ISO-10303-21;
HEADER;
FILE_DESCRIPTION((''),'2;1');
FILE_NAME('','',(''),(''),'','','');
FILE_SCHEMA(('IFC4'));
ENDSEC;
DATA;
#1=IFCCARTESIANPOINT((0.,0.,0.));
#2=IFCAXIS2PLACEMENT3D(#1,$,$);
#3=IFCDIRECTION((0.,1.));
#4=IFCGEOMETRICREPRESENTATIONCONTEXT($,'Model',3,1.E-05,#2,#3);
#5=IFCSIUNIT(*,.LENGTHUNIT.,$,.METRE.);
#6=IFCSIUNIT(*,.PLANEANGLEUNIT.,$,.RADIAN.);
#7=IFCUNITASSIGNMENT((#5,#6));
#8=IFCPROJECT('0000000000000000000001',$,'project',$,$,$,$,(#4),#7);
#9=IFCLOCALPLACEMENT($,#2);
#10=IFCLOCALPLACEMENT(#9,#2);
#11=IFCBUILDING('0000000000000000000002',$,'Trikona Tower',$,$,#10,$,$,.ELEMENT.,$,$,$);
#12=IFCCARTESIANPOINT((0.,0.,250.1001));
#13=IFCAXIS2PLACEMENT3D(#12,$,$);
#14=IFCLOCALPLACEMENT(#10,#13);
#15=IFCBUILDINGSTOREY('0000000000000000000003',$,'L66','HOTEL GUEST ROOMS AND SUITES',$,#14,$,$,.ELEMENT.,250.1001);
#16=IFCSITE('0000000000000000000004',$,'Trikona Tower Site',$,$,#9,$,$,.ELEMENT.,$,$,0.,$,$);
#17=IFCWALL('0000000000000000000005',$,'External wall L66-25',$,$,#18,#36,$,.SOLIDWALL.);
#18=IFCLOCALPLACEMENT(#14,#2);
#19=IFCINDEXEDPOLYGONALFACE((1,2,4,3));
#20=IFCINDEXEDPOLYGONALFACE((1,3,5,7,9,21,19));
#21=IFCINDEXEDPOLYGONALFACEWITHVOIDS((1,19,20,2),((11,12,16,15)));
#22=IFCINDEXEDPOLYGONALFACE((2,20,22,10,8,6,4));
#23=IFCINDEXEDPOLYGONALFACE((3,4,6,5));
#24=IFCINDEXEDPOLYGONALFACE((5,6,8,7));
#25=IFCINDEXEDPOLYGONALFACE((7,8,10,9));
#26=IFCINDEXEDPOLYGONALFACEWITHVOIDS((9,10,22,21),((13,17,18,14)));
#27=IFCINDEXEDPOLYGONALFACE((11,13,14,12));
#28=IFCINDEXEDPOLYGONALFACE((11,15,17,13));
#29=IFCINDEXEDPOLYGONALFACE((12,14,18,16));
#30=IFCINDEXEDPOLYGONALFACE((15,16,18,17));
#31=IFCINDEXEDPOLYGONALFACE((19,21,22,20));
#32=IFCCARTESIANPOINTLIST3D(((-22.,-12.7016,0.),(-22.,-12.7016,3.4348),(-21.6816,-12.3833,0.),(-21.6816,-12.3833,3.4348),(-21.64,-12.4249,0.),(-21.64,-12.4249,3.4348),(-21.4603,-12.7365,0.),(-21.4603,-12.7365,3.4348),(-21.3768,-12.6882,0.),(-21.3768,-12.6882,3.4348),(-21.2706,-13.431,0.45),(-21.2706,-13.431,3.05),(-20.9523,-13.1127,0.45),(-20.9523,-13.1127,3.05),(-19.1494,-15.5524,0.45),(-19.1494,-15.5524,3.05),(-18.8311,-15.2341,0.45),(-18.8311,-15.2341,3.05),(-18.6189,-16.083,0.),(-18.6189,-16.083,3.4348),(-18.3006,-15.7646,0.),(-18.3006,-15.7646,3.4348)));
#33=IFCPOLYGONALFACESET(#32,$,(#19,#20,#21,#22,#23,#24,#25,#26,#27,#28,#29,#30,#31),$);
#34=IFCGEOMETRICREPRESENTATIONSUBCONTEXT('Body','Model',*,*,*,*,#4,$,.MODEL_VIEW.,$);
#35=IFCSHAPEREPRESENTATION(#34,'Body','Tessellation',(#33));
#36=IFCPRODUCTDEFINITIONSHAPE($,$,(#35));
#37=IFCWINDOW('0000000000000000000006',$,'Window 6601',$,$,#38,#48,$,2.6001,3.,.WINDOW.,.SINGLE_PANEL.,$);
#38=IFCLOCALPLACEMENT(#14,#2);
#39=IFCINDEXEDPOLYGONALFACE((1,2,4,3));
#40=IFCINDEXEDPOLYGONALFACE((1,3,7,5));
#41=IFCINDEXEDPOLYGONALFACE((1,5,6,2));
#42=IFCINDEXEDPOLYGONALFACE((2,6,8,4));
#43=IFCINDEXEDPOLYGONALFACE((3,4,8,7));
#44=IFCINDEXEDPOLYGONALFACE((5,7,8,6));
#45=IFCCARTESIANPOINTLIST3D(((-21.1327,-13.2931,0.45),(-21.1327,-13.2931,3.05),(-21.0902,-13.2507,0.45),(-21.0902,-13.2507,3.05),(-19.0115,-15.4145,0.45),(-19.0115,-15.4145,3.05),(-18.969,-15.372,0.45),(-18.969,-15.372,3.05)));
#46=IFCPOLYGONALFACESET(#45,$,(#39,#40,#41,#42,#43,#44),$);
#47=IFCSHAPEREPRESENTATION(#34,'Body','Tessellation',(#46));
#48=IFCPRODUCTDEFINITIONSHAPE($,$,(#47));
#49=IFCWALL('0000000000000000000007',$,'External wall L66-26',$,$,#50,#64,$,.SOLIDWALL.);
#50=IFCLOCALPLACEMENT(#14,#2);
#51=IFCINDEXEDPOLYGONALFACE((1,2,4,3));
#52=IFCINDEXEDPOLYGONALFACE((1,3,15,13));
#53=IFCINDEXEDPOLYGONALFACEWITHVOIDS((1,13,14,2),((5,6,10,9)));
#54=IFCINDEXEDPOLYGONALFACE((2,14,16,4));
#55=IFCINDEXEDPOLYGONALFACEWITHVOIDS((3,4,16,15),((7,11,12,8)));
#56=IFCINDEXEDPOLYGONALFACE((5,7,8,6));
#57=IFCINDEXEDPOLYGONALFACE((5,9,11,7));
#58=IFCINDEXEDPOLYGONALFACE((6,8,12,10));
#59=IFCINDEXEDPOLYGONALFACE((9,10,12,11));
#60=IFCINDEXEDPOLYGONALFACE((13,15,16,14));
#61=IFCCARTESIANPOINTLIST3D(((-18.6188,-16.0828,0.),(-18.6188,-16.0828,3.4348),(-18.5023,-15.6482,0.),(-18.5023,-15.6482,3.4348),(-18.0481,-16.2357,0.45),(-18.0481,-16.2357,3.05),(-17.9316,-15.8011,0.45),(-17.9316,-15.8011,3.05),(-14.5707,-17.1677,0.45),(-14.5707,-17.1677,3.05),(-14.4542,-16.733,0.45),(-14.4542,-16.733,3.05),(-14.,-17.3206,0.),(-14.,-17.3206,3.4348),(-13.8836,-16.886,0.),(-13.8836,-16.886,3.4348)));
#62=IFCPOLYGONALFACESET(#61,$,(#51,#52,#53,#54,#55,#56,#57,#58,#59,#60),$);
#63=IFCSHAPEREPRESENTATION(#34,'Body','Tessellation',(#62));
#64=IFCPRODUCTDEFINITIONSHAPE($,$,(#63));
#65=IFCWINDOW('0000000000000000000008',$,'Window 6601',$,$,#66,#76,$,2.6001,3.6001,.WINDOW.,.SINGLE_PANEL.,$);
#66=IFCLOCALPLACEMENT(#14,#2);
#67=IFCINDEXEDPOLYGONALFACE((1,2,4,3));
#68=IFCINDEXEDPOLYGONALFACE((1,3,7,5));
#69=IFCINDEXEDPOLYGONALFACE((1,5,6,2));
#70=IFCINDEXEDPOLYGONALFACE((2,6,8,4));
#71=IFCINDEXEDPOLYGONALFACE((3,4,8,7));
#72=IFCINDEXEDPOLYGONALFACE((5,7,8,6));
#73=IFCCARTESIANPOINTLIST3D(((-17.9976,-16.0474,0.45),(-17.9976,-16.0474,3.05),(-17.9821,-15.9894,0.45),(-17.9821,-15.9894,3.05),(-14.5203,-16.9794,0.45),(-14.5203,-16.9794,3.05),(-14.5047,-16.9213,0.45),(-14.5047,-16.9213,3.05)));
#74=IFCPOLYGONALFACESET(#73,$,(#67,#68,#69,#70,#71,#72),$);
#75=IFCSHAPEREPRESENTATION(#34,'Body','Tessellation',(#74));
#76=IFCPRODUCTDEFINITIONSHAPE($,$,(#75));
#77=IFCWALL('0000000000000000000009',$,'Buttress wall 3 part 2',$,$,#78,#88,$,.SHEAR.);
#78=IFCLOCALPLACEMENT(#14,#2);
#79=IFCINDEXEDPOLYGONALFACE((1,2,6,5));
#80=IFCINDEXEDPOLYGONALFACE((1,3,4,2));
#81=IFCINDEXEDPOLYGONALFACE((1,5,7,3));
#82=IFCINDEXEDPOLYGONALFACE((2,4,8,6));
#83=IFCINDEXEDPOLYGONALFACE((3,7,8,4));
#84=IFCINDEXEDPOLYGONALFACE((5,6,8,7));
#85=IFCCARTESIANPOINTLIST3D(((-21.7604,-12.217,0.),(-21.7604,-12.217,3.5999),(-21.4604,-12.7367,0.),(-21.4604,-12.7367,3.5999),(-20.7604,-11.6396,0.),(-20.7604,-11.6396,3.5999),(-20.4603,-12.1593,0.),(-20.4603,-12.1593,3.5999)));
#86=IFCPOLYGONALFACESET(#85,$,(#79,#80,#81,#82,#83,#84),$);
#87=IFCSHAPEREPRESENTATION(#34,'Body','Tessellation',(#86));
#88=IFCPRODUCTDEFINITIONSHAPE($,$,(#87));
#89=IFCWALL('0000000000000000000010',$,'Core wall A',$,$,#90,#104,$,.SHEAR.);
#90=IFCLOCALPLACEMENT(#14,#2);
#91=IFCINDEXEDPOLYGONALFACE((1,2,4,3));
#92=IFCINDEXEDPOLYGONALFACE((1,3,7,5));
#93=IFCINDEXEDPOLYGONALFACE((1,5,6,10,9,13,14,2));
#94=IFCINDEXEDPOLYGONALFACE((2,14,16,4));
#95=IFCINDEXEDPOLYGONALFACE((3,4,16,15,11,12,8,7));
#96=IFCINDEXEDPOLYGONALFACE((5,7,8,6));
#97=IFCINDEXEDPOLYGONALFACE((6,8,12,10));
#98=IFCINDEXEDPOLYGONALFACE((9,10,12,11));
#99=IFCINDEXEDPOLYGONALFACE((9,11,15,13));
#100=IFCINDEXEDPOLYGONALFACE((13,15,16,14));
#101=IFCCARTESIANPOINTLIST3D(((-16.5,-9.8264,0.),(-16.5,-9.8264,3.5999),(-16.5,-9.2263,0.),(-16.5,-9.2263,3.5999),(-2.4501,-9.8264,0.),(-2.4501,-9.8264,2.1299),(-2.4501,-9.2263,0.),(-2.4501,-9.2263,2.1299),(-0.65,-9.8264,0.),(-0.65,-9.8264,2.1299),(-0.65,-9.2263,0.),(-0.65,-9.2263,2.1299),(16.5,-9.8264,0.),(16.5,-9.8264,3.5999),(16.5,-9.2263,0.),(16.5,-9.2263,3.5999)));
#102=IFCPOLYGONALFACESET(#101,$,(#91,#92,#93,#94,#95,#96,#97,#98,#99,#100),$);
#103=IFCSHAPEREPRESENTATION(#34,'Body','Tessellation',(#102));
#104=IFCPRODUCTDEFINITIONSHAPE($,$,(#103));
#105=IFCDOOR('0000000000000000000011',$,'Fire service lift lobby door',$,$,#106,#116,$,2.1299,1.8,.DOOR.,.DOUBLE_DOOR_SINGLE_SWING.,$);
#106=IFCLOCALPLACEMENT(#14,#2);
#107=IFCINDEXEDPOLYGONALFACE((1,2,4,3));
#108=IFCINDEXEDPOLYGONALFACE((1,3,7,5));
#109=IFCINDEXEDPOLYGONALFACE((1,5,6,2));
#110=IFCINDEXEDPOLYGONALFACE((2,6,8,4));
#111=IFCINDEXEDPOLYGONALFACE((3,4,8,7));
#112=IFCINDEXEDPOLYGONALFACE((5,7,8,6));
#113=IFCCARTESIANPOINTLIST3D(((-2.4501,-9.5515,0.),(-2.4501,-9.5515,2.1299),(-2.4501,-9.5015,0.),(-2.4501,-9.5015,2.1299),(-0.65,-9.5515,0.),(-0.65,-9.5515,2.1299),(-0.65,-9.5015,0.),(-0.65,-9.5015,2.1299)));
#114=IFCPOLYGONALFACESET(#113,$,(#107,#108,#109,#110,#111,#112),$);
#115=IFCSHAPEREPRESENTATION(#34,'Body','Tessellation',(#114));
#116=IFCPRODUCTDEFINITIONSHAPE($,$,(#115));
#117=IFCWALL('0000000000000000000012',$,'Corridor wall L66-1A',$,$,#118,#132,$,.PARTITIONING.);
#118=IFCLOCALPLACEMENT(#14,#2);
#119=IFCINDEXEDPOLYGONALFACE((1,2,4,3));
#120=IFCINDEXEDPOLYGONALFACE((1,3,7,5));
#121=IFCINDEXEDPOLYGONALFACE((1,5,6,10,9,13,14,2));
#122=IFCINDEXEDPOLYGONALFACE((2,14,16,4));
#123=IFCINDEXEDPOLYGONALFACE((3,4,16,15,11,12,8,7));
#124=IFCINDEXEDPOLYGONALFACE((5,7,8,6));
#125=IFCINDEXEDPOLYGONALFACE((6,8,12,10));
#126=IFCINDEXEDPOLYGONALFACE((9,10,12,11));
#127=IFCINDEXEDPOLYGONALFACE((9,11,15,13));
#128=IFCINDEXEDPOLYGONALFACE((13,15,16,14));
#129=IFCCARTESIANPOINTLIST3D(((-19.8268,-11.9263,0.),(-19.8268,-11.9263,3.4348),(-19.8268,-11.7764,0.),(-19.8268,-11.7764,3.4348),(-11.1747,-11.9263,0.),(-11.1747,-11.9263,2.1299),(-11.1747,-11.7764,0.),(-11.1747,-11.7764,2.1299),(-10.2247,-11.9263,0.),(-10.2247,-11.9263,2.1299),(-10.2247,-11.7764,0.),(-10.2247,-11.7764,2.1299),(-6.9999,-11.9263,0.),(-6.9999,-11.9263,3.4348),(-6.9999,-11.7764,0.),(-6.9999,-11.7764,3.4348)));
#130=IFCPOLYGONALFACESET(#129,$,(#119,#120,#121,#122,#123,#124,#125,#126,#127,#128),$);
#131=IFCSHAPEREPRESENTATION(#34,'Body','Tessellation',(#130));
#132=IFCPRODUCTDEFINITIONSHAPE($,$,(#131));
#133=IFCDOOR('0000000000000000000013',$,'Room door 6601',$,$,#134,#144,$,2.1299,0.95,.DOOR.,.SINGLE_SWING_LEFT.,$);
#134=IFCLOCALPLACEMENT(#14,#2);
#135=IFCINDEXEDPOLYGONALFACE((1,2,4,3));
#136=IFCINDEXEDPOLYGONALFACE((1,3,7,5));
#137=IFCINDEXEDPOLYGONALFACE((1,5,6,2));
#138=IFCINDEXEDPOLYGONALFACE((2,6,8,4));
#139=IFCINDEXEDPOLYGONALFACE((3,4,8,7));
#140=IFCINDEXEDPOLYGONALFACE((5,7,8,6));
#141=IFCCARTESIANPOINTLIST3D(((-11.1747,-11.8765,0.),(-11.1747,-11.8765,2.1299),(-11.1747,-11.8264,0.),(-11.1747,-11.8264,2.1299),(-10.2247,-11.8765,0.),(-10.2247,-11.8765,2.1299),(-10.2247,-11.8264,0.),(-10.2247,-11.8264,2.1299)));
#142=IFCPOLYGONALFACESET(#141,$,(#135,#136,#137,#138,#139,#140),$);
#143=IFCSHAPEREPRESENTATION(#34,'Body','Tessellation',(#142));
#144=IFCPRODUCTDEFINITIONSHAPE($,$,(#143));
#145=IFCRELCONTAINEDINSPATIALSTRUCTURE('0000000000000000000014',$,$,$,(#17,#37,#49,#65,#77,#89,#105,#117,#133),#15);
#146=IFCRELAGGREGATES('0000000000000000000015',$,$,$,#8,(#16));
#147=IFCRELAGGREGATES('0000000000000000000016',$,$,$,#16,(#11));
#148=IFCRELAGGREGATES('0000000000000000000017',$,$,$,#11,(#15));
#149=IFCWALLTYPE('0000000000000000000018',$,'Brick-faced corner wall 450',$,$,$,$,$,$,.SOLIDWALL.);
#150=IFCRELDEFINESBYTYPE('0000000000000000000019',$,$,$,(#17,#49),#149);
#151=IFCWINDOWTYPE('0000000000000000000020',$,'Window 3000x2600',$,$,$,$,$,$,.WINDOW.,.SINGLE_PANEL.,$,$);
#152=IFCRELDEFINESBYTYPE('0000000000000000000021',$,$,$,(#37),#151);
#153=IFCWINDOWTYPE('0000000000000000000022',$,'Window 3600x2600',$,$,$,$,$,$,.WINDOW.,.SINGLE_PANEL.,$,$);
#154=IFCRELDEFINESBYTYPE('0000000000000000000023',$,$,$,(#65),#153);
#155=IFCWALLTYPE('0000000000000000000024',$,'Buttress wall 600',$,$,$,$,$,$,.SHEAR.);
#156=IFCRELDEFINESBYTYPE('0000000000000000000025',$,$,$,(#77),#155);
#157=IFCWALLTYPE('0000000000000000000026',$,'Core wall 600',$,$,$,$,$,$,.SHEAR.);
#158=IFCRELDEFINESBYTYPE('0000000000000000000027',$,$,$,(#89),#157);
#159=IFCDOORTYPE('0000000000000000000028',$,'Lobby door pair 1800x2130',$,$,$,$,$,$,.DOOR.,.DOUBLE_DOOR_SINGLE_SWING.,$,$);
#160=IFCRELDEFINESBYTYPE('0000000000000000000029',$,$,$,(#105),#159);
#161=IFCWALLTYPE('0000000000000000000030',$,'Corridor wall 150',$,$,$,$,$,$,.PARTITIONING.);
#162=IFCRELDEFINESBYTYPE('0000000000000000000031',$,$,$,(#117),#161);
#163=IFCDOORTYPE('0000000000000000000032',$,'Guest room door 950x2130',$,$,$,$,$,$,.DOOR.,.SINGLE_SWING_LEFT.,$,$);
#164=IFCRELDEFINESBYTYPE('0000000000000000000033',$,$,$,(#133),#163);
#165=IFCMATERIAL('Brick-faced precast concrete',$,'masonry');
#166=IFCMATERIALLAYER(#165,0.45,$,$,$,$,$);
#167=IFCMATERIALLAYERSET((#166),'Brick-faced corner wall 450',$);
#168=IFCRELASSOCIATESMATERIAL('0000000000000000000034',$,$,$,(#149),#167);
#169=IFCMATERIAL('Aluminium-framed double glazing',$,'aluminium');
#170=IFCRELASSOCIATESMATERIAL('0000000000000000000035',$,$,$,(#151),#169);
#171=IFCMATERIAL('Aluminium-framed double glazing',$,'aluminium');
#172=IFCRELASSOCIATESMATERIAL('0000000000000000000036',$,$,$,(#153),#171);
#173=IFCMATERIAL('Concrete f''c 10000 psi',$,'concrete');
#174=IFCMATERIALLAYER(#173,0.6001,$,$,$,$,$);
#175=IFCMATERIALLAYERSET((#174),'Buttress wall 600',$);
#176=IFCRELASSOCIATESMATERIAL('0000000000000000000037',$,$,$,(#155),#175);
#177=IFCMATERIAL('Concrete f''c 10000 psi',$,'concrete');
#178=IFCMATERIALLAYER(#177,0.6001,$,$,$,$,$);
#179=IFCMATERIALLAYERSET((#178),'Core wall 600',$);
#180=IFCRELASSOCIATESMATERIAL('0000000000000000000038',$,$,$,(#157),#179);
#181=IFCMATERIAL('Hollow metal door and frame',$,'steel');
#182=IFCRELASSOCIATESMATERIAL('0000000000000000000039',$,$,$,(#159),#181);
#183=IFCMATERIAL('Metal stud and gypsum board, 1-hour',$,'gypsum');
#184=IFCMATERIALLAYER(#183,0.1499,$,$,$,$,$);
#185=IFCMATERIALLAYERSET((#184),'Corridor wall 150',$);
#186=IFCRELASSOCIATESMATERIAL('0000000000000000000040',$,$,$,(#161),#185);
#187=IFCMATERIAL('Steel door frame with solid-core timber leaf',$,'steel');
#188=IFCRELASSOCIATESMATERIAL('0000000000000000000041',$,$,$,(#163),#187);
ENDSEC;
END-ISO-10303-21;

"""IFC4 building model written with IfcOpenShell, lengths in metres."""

from ifc_helpers import new_model, si_unit, direction, frame, frame_2d, origin, place, context, subcontext, project, spatial, polyline, rectangle, outline, extrude, material, layer, layer_set, type_object, element, fill, save


model = new_model("IFC4")

# Units and contexts
model_context = context("Model", 3, precision=1e-05, world=origin(), true_north=direction((0.0, 1.0)))
body_context = subcontext(model_context, "Body", "Model", "MODEL_VIEW")
ifc_project = project(units=[si_unit("LENGTHUNIT", "METRE"), si_unit("PLANEANGLEUNIT", "RADIAN")], contexts=[model_context])

# Site, building, storey
site_placement = place(None, origin())
site = spatial("IfcSite", under=ifc_project, at=site_placement, Name="Trikona Tower Site", CompositionType="ELEMENT", RefElevation=0.0)
building_placement = place(site_placement, origin())
building = spatial("IfcBuilding", under=site, at=building_placement, Name="Trikona Tower", CompositionType="ELEMENT")
storey_placement = place(building_placement, frame((0.0, 0.0, 250.1001)))
storey = spatial("IfcBuildingStorey", under=building, at=storey_placement, Name="L66", Description="HOTEL GUEST ROOMS AND SUITES", CompositionType="ELEMENT", Elevation=250.1001)

# Walls, openings, windows
ifc_material_1 = material(Name="Brick-faced precast concrete", Category="masonry")
ifc_layer_1 = layer(ifc_material_1, 0.45)
ifc_layer_set_1 = layer_set([ifc_layer_1], Name="Brick-faced corner wall 450")
wall_type_1 = type_object("IfcWallType", Name="Brick-faced corner wall 450", PredefinedType="SOLIDWALL", material=ifc_layer_set_1)
wall_1_placement = place(storey_placement, frame((-21.8408, -12.5425, 0.0), z_axis=(0.0, 0.0, 1.0), x_axis=(0.707081, -0.707132, 0.0)))
wall_1 = element("IfcWall", 1, at=wall_1_placement, inside=storey, type_object=wall_type_1, Name="External wall L66-25", PredefinedType="SOLIDWALL", context=body_context, shape_type="SweptSolid", body=[
    extrude(outline(polyline([(4.7817, 0.2251), (0.4312, 0.2251), (0.4062, 0.1318), (0.0588, 0.2251), (0.0, 0.2251), (0.0, -0.2251), (4.7817, -0.2251), (4.7817, 0.2251)])), origin(), (0.0, 0.0, 1.0), 3.4348),
])
opening_1_placement = place(wall_1_placement, frame((1.0315, 0.0, 0.45)))
opening_1 = element("IfcOpeningElement", 2, at=opening_1_placement, cuts=wall_1, PredefinedType="OPENING", context=body_context, shape_type="SweptSolid", body=[
    extrude(rectangle(XDim=3.0, YDim=2.6001, at=frame_2d((1.5, 1.3))), frame((0.0, 0.2349, 0.0), z_axis=(0.0, -1.0, 0.0), x_axis=(1.0, 0.0, 0.0)), (0.0, 0.0, 1.0), 0.47),
])
ifc_material_2 = material(Name="Aluminium-framed double glazing", Category="aluminium")
window_type_1 = type_object("IfcWindowType", Name="Window 3000x2600", PartitioningType="SINGLE_PANEL", PredefinedType="WINDOW", material=ifc_material_2)
window_1_placement = place(opening_1_placement, origin())
window_1 = element("IfcWindow", 3, at=window_1_placement, inside=storey, type_object=window_type_1, Name="Window 6601", OverallHeight=2.6001, OverallWidth=3.0, PartitioningType="SINGLE_PANEL", PredefinedType="WINDOW", context=body_context, shape_type="SweptSolid", body=[
    extrude(rectangle(XDim=3.0, YDim=2.6001, at=frame_2d((1.5, 1.3))), frame((0.0, 0.03, 0.0), z_axis=(0.0, -1.0, 0.0), x_axis=(1.0, 0.0, 0.0)), (0.0, 0.0, 1.0), 0.0601),
])
fill(opening_1, window_1)
wall_2_placement = place(storey_placement, frame((-18.5605, -15.8655, 0.0), z_axis=(0.0, 0.0, 1.0), x_axis=(0.965914, -0.258864, 0.0)))
wall_2 = element("IfcWall", 4, at=wall_2_placement, inside=storey, type_object=wall_type_1, Name="External wall L66-26", PredefinedType="SOLIDWALL", context=body_context, shape_type="SweptSolid", body=[
    extrude(rectangle(XDim=4.7817, YDim=0.45, at=frame_2d((2.3909, 0.0))), origin(), (0.0, 0.0, 1.0), 3.4348),
])
opening_2_placement = place(wall_2_placement, frame((0.5908, 0.0, 0.45)))
opening_2 = element("IfcOpeningElement", 5, at=opening_2_placement, cuts=wall_2, PredefinedType="OPENING", context=body_context, shape_type="SweptSolid", body=[
    extrude(rectangle(XDim=3.6001, YDim=2.6001, at=frame_2d((1.8, 1.3))), frame((0.0, 0.2349, 0.0), z_axis=(0.0, -1.0, 0.0), x_axis=(1.0, 0.0, 0.0)), (0.0, 0.0, 1.0), 0.47),
])
ifc_material_3 = material(Name="Aluminium-framed double glazing", Category="aluminium")
window_type_2 = type_object("IfcWindowType", Name="Window 3600x2600", PartitioningType="SINGLE_PANEL", PredefinedType="WINDOW", material=ifc_material_3)
window_2_placement = place(opening_2_placement, origin())
window_2 = element("IfcWindow", 6, at=window_2_placement, inside=storey, type_object=window_type_2, Name="Window 6601", OverallHeight=2.6001, OverallWidth=3.6001, PartitioningType="SINGLE_PANEL", PredefinedType="WINDOW", context=body_context, shape_type="SweptSolid", body=[
    extrude(rectangle(XDim=3.6001, YDim=2.6001, at=frame_2d((1.8, 1.3))), frame((0.0, 0.03, 0.0), z_axis=(0.0, -1.0, 0.0), x_axis=(1.0, 0.0, 0.0)), (0.0, 0.0, 1.0), 0.0601),
])
fill(opening_2, window_2)

# Wall
ifc_material_4 = material(Name="Concrete f'c 10000 psi", Category="concrete")
ifc_layer_2 = layer(ifc_material_4, 0.6001)
ifc_layer_set_2 = layer_set([ifc_layer_2], Name="Buttress wall 600")
wall_type_2 = type_object("IfcWallType", Name="Buttress wall 600", PredefinedType="SHEAR", material=ifc_layer_set_2)
wall_3_placement = place(storey_placement, frame((-20.6104, -11.8994, 0.0), z_axis=(0.0, 0.0, 1.0), x_axis=(-0.86601, -0.500027, 0.0)))
element("IfcWall", 7, at=wall_3_placement, inside=storey, type_object=wall_type_2, Name="Buttress wall 3 part 2", PredefinedType="SHEAR", context=body_context, shape_type="SweptSolid", body=[
    extrude(rectangle(XDim=1.1548, YDim=0.6001, at=frame_2d((0.5774, 0.0))), origin(), (0.0, 0.0, 1.0), 3.5999),
])

# Walls, openings, doors
ifc_material_5 = material(Name="Concrete f'c 10000 psi", Category="concrete")
ifc_layer_3 = layer(ifc_material_5, 0.6001)
ifc_layer_set_3 = layer_set([ifc_layer_3], Name="Core wall 600")
wall_type_3 = type_object("IfcWallType", Name="Core wall 600", PredefinedType="SHEAR", material=ifc_layer_set_3)
wall_4_placement = place(storey_placement, frame((-16.5, -9.5264, 0.0), z_axis=(0.0, 0.0, 1.0), x_axis=(1.0, 0.0, 0.0)))
wall_4 = element("IfcWall", 8, at=wall_4_placement, inside=storey, type_object=wall_type_3, Name="Core wall A", PredefinedType="SHEAR", context=body_context, shape_type="SweptSolid", body=[
    extrude(rectangle(XDim=33.0, YDim=0.6001, at=frame_2d((16.5, 0.0))), origin(), (0.0, 0.0, 1.0), 3.5999),
])
opening_3_placement = place(wall_4_placement, frame((14.05, 0.0, 0.0)))
opening_3 = element("IfcOpeningElement", 9, at=opening_3_placement, cuts=wall_4, PredefinedType="OPENING", context=body_context, shape_type="SweptSolid", body=[
    extrude(rectangle(XDim=1.8, YDim=2.1299, at=frame_2d((0.8999, 1.0649))), frame((0.0, 0.3101, 0.0), z_axis=(0.0, -1.0, 0.0), x_axis=(1.0, 0.0, 0.0)), (0.0, 0.0, 1.0), 0.6201),
])
ifc_material_6 = material(Name="Hollow metal door and frame", Category="steel")
door_type_1 = type_object("IfcDoorType", Name="Lobby door pair 1800x2130", OperationType="DOUBLE_DOOR_SINGLE_SWING", PredefinedType="DOOR", material=ifc_material_6)
door_1_placement = place(opening_3_placement, origin())
door_1 = element("IfcDoor", 10, at=door_1_placement, inside=storey, type_object=door_type_1, Name="Fire service lift lobby door", OperationType="DOUBLE_DOOR_SINGLE_SWING", OverallHeight=2.1299, OverallWidth=1.8, PredefinedType="DOOR", context=body_context, shape_type="SweptSolid", body=[
    extrude(rectangle(XDim=1.8, YDim=2.1299, at=frame_2d((0.8999, 1.0649))), frame((0.0, 0.0249, 0.0), z_axis=(0.0, -1.0, 0.0), x_axis=(1.0, 0.0, 0.0)), (0.0, 0.0, 1.0), 0.05),
])
fill(opening_3, door_1)
ifc_material_7 = material(Name="Metal stud and gypsum board, 1-hour", Category="gypsum")
ifc_layer_4 = layer(ifc_material_7, 0.1499)
ifc_layer_set_4 = layer_set([ifc_layer_4], Name="Corridor wall 150")
wall_type_4 = type_object("IfcWallType", Name="Corridor wall 150", PredefinedType="PARTITIONING", material=ifc_layer_set_4)
wall_5_placement = place(storey_placement, frame((-19.8269, -11.8513, 0.0), z_axis=(0.0, 0.0, 1.0), x_axis=(1.0, 0.0, 0.0)))
wall_5 = element("IfcWall", 11, at=wall_5_placement, inside=storey, type_object=wall_type_4, Name="Corridor wall L66-1A", PredefinedType="PARTITIONING", context=body_context, shape_type="SweptSolid", body=[
    extrude(rectangle(XDim=12.8269, YDim=0.1499, at=frame_2d((6.4136, 0.0))), origin(), (0.0, 0.0, 1.0), 3.4348),
])
opening_4_placement = place(wall_5_placement, frame((8.6521, 0.0, 0.0)))
opening_4 = element("IfcOpeningElement", 12, at=opening_4_placement, cuts=wall_5, PredefinedType="OPENING", context=body_context, shape_type="SweptSolid", body=[
    extrude(rectangle(XDim=0.95, YDim=2.1299, at=frame_2d((0.4751, 1.0649))), frame((0.0, 0.085, 0.0), z_axis=(0.0, -1.0, 0.0), x_axis=(1.0, 0.0, 0.0)), (0.0, 0.0, 1.0), 0.1699),
])
ifc_material_8 = material(Name="Steel door frame with solid-core timber leaf", Category="steel")
door_type_2 = type_object("IfcDoorType", Name="Guest room door 950x2130", OperationType="SINGLE_SWING_LEFT", PredefinedType="DOOR", material=ifc_material_8)
door_2_placement = place(opening_4_placement, origin())
door_2 = element("IfcDoor", 13, at=door_2_placement, inside=storey, type_object=door_type_2, Name="Room door 6601", OperationType="SINGLE_SWING_LEFT", OverallHeight=2.1299, OverallWidth=0.95, PredefinedType="DOOR", context=body_context, shape_type="SweptSolid", body=[
    extrude(rectangle(XDim=0.95, YDim=2.1299, at=frame_2d((0.4751, 1.0649))), frame((0.0, 0.0249, 0.0), z_axis=(0.0, -1.0, 0.0), x_axis=(1.0, 0.0, 0.0)), (0.0, 0.0, 1.0), 0.05),
])
fill(opening_4, door_2)

save(model, "model.ifc")
